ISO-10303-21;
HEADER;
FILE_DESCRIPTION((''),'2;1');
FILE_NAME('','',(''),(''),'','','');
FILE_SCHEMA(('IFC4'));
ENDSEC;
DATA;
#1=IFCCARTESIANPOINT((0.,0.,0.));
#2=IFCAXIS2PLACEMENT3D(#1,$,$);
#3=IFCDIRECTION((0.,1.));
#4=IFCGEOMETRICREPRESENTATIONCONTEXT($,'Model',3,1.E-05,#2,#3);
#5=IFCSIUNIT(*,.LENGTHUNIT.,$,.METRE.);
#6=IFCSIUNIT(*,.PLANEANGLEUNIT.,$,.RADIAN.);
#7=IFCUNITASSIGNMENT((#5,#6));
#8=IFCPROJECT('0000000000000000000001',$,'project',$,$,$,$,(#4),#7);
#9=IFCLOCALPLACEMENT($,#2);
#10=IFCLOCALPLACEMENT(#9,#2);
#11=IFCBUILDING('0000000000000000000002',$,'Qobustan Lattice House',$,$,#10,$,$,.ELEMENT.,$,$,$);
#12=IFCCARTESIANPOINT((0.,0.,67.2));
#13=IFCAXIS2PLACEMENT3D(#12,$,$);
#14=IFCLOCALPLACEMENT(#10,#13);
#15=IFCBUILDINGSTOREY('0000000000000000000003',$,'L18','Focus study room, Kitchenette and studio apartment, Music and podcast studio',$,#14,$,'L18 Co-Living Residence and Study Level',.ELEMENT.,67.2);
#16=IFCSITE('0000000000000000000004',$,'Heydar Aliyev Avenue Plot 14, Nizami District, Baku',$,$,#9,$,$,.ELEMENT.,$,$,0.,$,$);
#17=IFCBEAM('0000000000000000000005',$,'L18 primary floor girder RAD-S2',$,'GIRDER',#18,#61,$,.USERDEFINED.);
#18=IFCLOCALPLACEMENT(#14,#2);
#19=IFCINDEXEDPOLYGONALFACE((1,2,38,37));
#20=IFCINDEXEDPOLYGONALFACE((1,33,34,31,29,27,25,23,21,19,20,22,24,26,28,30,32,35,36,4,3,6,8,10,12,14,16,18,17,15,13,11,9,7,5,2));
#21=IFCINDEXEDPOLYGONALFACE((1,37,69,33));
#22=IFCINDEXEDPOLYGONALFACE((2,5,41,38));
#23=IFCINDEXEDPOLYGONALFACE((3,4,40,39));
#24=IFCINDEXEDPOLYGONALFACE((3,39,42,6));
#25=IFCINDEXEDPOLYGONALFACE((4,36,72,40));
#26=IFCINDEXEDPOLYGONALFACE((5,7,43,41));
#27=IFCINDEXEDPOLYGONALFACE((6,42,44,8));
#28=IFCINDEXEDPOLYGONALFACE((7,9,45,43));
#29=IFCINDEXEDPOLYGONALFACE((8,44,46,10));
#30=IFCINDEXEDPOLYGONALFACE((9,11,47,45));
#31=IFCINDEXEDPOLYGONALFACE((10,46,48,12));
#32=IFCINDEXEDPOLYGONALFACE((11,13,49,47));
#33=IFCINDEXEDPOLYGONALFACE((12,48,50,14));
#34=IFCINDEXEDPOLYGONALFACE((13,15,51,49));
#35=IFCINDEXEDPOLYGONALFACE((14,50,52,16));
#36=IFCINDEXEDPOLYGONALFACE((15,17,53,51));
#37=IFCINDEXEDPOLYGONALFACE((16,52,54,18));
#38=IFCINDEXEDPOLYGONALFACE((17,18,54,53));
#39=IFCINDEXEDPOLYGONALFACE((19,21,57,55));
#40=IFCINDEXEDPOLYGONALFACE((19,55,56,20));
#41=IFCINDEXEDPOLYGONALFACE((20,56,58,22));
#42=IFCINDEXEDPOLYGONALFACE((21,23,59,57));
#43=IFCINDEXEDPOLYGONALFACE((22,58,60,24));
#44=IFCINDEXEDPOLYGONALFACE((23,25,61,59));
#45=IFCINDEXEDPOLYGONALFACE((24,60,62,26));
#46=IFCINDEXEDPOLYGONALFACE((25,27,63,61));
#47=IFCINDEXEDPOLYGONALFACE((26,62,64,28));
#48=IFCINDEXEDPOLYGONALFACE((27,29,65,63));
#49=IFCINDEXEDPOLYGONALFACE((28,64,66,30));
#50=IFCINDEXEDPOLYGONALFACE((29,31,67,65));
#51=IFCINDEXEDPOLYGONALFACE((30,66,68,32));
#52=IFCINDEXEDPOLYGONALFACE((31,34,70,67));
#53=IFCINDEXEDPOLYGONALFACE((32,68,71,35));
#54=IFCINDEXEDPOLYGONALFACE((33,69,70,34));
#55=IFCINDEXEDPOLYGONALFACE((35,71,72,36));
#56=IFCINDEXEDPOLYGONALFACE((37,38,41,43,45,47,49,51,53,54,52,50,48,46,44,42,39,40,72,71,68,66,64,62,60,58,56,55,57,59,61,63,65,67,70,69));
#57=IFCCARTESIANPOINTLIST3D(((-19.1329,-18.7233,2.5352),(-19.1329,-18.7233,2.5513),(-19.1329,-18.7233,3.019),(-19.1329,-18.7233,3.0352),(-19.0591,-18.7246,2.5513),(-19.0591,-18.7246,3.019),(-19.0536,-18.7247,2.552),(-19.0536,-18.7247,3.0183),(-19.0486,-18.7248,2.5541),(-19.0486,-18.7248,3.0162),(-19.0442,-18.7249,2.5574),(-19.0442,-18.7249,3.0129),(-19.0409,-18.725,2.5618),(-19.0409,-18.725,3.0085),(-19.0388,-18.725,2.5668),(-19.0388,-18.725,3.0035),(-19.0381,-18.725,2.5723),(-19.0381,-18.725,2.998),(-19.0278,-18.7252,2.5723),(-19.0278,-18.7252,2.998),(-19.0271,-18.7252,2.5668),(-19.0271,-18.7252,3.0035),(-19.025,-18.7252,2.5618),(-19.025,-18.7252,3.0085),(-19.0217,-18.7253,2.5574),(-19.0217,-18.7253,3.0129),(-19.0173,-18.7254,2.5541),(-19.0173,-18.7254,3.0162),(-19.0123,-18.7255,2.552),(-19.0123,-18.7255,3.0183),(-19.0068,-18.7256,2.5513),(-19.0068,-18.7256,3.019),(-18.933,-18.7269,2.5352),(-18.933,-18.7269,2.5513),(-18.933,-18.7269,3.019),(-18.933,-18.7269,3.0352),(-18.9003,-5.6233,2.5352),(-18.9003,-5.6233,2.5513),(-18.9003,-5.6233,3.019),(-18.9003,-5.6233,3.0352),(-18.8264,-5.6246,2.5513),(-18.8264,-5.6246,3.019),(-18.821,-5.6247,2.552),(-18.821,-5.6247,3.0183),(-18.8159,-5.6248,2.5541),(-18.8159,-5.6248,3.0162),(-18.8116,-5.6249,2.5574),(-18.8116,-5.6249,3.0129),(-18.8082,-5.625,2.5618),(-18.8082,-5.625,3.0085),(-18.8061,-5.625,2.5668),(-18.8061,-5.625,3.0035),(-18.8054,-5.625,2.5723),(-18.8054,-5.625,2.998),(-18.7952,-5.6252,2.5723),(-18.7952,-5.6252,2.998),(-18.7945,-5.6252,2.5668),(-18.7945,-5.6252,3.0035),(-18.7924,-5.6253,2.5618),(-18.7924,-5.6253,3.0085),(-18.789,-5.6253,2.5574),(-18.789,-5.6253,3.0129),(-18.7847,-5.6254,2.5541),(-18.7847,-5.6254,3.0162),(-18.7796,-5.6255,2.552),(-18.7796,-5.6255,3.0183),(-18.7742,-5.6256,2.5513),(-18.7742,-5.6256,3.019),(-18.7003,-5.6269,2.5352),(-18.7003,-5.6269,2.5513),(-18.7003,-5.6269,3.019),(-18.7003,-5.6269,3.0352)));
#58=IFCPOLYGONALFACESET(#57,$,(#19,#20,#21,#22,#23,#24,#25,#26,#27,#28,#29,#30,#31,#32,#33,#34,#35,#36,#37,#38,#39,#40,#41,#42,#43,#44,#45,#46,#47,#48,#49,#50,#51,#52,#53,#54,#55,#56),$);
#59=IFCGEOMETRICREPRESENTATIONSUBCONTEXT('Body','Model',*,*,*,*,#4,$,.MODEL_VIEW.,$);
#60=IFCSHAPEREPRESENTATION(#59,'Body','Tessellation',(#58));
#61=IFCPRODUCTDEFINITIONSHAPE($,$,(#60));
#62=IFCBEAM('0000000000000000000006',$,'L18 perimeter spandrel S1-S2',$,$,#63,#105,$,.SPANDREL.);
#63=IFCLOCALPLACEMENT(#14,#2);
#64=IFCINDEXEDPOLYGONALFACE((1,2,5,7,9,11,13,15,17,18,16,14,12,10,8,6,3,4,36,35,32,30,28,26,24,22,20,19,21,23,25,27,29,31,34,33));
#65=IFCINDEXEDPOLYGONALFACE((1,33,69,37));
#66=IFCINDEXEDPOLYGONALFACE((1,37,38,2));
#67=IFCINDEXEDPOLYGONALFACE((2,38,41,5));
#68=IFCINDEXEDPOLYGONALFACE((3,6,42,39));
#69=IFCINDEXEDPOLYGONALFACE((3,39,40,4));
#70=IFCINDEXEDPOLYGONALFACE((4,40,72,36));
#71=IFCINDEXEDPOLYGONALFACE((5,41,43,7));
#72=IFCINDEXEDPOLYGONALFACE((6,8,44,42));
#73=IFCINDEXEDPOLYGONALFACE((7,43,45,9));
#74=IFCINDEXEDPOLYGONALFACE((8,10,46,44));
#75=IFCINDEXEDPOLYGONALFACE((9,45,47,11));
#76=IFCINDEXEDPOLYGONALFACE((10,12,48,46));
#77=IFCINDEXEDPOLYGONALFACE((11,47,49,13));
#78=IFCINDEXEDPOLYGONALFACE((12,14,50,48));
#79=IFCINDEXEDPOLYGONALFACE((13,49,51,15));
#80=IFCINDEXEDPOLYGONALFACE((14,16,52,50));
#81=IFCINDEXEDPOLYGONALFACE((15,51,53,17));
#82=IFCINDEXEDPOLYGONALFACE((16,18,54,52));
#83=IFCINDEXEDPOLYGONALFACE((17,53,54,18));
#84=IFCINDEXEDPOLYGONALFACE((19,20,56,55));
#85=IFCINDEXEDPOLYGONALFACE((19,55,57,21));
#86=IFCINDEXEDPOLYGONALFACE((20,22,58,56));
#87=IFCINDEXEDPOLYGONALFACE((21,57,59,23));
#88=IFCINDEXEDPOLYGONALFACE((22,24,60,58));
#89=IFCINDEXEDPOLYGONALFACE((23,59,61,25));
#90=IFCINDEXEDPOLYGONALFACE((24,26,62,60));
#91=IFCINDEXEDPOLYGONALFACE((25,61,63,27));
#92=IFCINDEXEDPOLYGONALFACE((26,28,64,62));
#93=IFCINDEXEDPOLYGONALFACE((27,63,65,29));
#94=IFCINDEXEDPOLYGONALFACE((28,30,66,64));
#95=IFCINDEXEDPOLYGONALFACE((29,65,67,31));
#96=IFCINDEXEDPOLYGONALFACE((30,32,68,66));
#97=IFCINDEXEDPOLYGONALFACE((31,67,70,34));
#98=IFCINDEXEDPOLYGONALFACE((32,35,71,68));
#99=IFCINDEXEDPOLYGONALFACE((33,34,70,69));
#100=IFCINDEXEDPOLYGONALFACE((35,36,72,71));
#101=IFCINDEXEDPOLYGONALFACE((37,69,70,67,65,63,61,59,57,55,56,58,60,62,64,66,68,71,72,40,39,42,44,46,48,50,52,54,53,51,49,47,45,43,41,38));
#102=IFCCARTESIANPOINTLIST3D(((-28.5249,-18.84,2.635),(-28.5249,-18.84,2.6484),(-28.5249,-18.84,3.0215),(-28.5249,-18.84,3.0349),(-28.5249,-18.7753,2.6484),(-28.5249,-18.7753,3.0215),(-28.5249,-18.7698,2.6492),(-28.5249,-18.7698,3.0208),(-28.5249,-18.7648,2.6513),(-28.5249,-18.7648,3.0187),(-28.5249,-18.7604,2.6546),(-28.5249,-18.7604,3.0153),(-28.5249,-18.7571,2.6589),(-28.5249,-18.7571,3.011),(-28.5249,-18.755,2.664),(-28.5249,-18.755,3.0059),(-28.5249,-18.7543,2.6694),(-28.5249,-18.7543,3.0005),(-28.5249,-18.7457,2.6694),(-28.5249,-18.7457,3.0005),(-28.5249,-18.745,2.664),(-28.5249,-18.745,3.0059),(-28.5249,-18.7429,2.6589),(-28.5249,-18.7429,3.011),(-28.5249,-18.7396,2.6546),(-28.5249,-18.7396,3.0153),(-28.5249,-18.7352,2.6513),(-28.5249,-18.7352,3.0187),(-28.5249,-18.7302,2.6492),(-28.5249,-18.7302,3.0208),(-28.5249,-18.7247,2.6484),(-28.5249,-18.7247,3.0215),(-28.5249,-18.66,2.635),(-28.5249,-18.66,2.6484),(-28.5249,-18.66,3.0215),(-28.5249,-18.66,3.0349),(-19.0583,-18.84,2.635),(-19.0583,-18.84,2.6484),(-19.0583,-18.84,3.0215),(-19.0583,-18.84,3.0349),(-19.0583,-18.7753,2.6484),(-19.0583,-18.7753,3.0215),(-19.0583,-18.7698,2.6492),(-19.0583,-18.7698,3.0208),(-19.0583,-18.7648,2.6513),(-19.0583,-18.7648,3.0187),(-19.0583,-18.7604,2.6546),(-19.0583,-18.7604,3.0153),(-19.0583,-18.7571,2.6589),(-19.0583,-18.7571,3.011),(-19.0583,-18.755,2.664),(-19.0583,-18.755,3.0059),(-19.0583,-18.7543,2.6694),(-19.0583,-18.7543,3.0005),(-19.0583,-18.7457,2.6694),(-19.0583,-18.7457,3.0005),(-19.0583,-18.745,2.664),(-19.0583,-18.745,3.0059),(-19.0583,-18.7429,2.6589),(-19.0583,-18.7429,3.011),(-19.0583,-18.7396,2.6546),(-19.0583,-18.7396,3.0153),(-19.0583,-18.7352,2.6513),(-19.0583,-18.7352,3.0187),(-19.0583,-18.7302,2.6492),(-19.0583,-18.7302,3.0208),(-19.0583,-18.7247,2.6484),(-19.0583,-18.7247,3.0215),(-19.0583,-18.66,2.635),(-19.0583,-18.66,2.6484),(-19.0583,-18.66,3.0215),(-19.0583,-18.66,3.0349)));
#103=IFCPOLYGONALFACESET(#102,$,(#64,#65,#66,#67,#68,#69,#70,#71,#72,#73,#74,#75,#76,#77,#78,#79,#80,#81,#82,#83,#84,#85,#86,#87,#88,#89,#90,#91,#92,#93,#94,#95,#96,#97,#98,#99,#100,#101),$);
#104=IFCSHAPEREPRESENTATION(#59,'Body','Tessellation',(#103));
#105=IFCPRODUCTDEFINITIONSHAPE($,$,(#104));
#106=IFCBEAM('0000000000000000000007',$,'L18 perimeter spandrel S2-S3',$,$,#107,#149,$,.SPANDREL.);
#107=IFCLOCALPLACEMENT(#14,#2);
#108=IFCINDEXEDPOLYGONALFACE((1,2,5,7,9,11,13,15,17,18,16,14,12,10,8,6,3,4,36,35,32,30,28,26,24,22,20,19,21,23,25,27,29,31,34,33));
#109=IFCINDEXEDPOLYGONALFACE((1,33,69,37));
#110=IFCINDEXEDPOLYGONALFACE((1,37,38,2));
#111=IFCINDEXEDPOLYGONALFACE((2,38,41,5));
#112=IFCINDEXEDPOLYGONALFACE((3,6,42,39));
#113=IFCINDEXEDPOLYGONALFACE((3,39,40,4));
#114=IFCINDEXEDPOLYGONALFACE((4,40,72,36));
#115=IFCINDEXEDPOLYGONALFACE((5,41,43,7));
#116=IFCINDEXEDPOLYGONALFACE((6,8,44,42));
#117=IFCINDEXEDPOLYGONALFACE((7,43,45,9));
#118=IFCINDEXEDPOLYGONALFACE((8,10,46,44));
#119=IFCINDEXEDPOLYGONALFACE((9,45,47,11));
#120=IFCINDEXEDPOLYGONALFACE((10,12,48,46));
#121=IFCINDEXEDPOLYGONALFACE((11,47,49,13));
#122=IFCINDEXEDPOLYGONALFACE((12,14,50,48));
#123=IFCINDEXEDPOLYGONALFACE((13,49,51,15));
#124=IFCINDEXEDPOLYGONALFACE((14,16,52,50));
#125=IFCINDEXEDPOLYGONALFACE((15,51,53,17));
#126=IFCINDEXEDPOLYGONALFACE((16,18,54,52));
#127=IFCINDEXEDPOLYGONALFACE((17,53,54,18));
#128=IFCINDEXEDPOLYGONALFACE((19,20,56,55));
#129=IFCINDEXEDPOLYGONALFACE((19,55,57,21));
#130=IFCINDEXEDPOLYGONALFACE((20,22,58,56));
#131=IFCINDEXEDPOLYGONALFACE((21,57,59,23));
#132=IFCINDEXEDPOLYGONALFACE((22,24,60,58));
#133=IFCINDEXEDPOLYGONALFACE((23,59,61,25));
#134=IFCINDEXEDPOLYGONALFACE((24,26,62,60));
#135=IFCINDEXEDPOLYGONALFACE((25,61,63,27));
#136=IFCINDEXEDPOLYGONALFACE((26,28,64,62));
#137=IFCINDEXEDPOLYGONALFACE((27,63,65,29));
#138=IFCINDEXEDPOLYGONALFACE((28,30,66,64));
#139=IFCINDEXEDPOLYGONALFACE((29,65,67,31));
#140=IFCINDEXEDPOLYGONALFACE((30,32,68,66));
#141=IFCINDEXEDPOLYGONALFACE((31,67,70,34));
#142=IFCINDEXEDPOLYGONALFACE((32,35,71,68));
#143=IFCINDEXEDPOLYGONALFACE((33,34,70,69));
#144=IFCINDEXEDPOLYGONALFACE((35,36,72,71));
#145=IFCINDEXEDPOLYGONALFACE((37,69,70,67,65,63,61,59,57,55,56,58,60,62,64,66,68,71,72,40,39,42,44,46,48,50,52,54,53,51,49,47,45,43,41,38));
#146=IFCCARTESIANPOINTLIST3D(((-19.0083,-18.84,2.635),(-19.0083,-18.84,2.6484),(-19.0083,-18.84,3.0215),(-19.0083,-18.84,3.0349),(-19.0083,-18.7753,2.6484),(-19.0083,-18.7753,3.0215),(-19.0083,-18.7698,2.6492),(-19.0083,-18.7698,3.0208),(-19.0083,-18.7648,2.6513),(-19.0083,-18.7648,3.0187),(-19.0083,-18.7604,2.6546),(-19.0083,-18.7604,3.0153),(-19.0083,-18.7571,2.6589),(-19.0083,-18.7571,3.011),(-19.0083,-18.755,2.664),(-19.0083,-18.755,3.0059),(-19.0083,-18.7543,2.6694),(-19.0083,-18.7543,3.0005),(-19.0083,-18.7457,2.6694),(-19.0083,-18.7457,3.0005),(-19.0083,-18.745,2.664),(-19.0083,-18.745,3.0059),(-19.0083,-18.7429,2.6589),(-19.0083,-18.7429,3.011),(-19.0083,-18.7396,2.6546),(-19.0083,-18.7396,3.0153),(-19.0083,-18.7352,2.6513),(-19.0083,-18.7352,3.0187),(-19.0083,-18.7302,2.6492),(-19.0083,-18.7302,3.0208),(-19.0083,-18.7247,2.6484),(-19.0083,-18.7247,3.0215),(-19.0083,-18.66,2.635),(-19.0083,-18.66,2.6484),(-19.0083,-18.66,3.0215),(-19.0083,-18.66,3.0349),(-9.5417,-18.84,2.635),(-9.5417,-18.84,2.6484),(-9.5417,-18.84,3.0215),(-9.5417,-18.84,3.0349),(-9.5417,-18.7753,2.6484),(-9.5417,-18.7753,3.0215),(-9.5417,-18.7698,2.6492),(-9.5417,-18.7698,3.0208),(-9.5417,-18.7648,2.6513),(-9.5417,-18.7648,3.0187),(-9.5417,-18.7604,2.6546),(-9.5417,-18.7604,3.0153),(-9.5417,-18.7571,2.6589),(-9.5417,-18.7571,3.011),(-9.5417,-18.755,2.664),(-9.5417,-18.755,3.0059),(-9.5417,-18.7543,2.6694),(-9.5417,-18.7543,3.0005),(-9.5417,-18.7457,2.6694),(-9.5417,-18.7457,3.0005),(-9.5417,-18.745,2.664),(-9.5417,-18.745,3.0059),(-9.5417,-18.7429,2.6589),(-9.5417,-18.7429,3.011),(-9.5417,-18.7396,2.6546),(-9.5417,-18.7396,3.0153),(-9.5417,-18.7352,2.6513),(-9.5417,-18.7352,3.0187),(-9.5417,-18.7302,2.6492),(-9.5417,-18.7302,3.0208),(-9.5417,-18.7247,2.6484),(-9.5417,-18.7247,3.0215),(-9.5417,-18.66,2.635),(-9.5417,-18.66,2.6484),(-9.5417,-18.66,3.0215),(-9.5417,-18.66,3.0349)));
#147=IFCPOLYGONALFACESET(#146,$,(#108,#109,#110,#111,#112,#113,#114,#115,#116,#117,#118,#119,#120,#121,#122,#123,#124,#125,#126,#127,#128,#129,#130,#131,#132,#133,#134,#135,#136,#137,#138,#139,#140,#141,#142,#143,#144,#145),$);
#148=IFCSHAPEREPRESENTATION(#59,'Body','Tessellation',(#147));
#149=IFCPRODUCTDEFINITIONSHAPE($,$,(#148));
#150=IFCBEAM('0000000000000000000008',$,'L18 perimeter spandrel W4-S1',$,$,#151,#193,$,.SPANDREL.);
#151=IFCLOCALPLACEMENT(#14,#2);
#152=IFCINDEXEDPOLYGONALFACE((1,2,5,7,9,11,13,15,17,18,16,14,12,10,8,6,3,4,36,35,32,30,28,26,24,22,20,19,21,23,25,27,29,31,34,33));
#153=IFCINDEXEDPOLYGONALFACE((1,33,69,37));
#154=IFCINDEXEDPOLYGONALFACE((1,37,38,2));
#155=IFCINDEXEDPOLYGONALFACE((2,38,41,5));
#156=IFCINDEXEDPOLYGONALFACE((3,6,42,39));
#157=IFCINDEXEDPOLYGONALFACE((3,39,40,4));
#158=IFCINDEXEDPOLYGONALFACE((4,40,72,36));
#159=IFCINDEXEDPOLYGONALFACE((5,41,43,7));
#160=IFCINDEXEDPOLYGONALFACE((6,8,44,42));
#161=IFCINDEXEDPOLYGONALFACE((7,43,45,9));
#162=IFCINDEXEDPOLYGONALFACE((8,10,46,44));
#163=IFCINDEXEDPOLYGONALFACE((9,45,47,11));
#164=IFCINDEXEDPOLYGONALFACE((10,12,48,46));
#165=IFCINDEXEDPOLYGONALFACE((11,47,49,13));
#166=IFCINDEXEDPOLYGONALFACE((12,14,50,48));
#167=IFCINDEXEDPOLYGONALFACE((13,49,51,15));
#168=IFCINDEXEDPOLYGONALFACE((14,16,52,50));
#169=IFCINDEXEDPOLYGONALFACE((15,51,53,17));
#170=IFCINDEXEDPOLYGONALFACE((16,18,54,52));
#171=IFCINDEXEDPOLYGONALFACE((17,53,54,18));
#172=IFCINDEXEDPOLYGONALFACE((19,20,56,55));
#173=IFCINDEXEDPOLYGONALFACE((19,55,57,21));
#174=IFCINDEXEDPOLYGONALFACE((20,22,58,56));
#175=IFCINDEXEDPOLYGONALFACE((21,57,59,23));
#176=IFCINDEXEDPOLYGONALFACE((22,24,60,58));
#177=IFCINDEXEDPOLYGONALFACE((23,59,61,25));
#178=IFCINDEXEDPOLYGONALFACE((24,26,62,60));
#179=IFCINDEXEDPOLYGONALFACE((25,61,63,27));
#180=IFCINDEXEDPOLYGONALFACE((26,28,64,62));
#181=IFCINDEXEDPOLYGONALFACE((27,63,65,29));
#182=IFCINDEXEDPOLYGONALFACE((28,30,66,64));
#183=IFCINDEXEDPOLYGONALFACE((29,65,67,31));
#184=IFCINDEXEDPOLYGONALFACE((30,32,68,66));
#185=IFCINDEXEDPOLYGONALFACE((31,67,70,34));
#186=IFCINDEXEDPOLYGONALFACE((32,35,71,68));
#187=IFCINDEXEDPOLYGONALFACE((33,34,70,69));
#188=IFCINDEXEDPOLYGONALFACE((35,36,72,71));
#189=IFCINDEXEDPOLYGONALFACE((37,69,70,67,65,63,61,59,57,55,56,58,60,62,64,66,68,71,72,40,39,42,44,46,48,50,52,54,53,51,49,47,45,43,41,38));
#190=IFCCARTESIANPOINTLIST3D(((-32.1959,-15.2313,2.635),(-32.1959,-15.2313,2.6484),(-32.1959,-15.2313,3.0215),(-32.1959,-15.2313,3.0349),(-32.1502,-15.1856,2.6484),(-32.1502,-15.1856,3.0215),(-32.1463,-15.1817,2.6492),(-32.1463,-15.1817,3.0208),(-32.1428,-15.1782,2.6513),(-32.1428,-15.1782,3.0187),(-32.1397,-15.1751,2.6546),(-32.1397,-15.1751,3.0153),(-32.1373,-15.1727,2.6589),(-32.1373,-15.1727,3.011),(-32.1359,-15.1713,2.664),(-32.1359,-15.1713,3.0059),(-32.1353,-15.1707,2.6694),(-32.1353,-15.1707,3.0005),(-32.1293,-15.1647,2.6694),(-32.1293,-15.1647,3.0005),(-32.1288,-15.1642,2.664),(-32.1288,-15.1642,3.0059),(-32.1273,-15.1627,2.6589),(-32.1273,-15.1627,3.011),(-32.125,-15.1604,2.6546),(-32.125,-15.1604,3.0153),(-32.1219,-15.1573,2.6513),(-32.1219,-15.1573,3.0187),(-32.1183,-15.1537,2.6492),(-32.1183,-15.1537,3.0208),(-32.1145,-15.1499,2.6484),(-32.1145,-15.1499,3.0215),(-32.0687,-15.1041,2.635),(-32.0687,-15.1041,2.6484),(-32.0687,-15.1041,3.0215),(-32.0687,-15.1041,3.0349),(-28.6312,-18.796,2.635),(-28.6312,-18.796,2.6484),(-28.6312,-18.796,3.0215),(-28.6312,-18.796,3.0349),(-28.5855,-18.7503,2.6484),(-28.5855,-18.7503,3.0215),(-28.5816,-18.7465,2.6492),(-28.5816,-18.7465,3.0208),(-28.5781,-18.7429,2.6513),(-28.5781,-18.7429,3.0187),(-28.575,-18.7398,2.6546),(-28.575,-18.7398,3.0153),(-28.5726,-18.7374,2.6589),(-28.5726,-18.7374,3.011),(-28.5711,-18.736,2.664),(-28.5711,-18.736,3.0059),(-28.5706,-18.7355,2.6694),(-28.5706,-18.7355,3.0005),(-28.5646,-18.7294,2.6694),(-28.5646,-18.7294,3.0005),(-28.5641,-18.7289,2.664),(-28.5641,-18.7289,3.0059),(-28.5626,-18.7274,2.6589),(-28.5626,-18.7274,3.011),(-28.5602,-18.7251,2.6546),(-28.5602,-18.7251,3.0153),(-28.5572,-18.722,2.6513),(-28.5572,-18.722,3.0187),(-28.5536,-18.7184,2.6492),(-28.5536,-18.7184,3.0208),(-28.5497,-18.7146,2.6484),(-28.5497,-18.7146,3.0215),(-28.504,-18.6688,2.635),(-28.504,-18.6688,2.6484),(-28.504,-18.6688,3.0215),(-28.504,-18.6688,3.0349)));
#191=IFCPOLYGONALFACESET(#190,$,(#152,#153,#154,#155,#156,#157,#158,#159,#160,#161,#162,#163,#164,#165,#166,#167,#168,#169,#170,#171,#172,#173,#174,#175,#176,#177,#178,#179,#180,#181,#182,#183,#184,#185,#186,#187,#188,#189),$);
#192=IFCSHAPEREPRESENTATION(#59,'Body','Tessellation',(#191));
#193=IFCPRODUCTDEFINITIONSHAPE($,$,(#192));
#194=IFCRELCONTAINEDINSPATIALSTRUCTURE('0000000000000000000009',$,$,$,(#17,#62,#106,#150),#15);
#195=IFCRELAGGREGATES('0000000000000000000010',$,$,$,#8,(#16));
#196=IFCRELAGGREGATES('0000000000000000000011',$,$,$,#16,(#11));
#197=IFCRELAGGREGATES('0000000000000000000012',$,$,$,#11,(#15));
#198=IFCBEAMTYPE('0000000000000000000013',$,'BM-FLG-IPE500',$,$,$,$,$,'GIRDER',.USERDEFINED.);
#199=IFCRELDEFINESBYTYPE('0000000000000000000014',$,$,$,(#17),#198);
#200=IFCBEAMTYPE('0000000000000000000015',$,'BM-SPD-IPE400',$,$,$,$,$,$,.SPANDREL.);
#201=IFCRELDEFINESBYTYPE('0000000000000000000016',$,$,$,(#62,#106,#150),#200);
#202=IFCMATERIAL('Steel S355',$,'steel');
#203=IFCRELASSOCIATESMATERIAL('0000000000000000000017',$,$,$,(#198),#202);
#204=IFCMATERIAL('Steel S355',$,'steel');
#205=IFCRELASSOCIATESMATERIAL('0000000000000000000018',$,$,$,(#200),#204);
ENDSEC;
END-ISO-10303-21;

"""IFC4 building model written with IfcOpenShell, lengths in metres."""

from ifc_helpers import new_model, si_unit, direction, frame, origin, origin_2d, place, context, subcontext, project, spatial, i_section, extrude, material, material_profile, profile_set, type_object, element, save


model = new_model("IFC4")

# Units and contexts
model_context = context("Model", 3, precision=1e-05, world=origin(), true_north=direction((0.0, 1.0)))
body_context = subcontext(model_context, "Body", "Model", "MODEL_VIEW")
ifc_project = project(units=[si_unit("LENGTHUNIT", "METRE"), si_unit("PLANEANGLEUNIT", "RADIAN")], contexts=[model_context])

# Site, building, storey
site_placement = place(None, origin())
site = spatial("IfcSite", under=ifc_project, at=site_placement, Name="Heydar Aliyev Avenue Plot 14, Nizami District, Baku", CompositionType="ELEMENT", RefElevation=0.0)
building_placement = place(site_placement, origin())
building = spatial("IfcBuilding", under=site, at=building_placement, Name="Qobustan Lattice House", CompositionType="ELEMENT")
storey_placement = place(building_placement, frame((0.0, 0.0, 67.2)))
storey = spatial("IfcBuildingStorey", under=building, at=storey_placement, Name="L18", Description="Focus study room, Kitchenette and studio apartment, Music and podcast studio", LongName="L18 Co-Living Residence and Study Level", CompositionType="ELEMENT", Elevation=67.2)

# Beams
ifc_material_1 = material(Name="Steel S355", Category="steel")
ifc_material_profile_1 = material_profile(ifc_material_1, i_section(OverallWidth=0.2, OverallDepth=0.5, WebThickness=0.0103, FlangeThickness=0.0161, FilletRadius=0.021, at=origin_2d()), Name="IPE500")
ifc_profile_set_1 = profile_set([ifc_material_profile_1], Name="Steel S355")
beam_type_1 = type_object("IfcBeamType", Name="BM-FLG-IPE500", ElementType="GIRDER", PredefinedType="USERDEFINED", material=ifc_profile_set_1)
beam_1_placement = place(storey_placement, frame((-19.033, -18.7251, 2.7852), z_axis=(0.017758, 0.999842, 0.0), x_axis=(-0.999842, 0.017758, 0.0)))
element("IfcBeam", 1, at=beam_1_placement, inside=storey, type_object=beam_type_1, Name="L18 primary floor girder RAD-S2", ObjectType="GIRDER", PredefinedType="USERDEFINED", context=body_context, shape_type="SweptSolid", body=[
    extrude(i_section(OverallWidth=0.2, OverallDepth=0.5, WebThickness=0.0103, FlangeThickness=0.0161, FilletRadius=0.021, at=origin_2d()), origin(), (0.0, 0.0, 1.0), 13.1021),
])
ifc_material_2 = material(Name="Steel S355", Category="steel")
ifc_material_profile_2 = material_profile(ifc_material_2, i_section(OverallWidth=0.1799, OverallDepth=0.3999, WebThickness=0.0085, FlangeThickness=0.0134, FilletRadius=0.021, at=origin_2d()), Name="IPE400")
ifc_profile_set_2 = profile_set([ifc_material_profile_2], Name="Steel S355")
beam_type_2 = type_object("IfcBeamType", Name="BM-SPD-IPE400", PredefinedType="SPANDREL", material=ifc_profile_set_2)
for number, where, z_axis, x_axis, name in (
    (2, (-28.5249, -18.75, 2.835), (1.0, 0.0, 0.0), (0.0, 1.0, 0.0), "L18 perimeter spandrel S1-S2"),
    (3, (-19.0083, -18.75, 2.835), (1.0, 0.0, 0.0), (0.0, 1.0, 0.0), "L18 perimeter spandrel S2-S3"),
):
    element("IfcBeam", number, at=place(storey_placement, frame(where, z_axis=z_axis, x_axis=x_axis)), inside=storey, type_object=beam_type_2, Name=name, PredefinedType="SPANDREL", context=body_context, shape_type="SweptSolid", body=[
        extrude(i_section(OverallWidth=0.1799, OverallDepth=0.3999, WebThickness=0.0085, FlangeThickness=0.0134, FilletRadius=0.021, at=origin_2d()), origin(), (0.0, 0.0, 1.0), 9.4666),
    ])
beam_2_placement = place(storey_placement, frame((-32.1323, -15.1677, 2.835), z_axis=(0.707107, -0.707107, 0.0), x_axis=(0.707107, 0.707107, 0.0)))
element("IfcBeam", 4, at=beam_2_placement, inside=storey, type_object=beam_type_2, Name="L18 perimeter spandrel W4-S1", PredefinedType="SPANDREL", context=body_context, shape_type="SweptSolid", body=[
    extrude(i_section(OverallWidth=0.1799, OverallDepth=0.3999, WebThickness=0.0085, FlangeThickness=0.0134, FilletRadius=0.021, at=origin_2d()), origin(), (0.0, 0.0, 1.0), 5.0413),
])

save(model, "model.ifc")
